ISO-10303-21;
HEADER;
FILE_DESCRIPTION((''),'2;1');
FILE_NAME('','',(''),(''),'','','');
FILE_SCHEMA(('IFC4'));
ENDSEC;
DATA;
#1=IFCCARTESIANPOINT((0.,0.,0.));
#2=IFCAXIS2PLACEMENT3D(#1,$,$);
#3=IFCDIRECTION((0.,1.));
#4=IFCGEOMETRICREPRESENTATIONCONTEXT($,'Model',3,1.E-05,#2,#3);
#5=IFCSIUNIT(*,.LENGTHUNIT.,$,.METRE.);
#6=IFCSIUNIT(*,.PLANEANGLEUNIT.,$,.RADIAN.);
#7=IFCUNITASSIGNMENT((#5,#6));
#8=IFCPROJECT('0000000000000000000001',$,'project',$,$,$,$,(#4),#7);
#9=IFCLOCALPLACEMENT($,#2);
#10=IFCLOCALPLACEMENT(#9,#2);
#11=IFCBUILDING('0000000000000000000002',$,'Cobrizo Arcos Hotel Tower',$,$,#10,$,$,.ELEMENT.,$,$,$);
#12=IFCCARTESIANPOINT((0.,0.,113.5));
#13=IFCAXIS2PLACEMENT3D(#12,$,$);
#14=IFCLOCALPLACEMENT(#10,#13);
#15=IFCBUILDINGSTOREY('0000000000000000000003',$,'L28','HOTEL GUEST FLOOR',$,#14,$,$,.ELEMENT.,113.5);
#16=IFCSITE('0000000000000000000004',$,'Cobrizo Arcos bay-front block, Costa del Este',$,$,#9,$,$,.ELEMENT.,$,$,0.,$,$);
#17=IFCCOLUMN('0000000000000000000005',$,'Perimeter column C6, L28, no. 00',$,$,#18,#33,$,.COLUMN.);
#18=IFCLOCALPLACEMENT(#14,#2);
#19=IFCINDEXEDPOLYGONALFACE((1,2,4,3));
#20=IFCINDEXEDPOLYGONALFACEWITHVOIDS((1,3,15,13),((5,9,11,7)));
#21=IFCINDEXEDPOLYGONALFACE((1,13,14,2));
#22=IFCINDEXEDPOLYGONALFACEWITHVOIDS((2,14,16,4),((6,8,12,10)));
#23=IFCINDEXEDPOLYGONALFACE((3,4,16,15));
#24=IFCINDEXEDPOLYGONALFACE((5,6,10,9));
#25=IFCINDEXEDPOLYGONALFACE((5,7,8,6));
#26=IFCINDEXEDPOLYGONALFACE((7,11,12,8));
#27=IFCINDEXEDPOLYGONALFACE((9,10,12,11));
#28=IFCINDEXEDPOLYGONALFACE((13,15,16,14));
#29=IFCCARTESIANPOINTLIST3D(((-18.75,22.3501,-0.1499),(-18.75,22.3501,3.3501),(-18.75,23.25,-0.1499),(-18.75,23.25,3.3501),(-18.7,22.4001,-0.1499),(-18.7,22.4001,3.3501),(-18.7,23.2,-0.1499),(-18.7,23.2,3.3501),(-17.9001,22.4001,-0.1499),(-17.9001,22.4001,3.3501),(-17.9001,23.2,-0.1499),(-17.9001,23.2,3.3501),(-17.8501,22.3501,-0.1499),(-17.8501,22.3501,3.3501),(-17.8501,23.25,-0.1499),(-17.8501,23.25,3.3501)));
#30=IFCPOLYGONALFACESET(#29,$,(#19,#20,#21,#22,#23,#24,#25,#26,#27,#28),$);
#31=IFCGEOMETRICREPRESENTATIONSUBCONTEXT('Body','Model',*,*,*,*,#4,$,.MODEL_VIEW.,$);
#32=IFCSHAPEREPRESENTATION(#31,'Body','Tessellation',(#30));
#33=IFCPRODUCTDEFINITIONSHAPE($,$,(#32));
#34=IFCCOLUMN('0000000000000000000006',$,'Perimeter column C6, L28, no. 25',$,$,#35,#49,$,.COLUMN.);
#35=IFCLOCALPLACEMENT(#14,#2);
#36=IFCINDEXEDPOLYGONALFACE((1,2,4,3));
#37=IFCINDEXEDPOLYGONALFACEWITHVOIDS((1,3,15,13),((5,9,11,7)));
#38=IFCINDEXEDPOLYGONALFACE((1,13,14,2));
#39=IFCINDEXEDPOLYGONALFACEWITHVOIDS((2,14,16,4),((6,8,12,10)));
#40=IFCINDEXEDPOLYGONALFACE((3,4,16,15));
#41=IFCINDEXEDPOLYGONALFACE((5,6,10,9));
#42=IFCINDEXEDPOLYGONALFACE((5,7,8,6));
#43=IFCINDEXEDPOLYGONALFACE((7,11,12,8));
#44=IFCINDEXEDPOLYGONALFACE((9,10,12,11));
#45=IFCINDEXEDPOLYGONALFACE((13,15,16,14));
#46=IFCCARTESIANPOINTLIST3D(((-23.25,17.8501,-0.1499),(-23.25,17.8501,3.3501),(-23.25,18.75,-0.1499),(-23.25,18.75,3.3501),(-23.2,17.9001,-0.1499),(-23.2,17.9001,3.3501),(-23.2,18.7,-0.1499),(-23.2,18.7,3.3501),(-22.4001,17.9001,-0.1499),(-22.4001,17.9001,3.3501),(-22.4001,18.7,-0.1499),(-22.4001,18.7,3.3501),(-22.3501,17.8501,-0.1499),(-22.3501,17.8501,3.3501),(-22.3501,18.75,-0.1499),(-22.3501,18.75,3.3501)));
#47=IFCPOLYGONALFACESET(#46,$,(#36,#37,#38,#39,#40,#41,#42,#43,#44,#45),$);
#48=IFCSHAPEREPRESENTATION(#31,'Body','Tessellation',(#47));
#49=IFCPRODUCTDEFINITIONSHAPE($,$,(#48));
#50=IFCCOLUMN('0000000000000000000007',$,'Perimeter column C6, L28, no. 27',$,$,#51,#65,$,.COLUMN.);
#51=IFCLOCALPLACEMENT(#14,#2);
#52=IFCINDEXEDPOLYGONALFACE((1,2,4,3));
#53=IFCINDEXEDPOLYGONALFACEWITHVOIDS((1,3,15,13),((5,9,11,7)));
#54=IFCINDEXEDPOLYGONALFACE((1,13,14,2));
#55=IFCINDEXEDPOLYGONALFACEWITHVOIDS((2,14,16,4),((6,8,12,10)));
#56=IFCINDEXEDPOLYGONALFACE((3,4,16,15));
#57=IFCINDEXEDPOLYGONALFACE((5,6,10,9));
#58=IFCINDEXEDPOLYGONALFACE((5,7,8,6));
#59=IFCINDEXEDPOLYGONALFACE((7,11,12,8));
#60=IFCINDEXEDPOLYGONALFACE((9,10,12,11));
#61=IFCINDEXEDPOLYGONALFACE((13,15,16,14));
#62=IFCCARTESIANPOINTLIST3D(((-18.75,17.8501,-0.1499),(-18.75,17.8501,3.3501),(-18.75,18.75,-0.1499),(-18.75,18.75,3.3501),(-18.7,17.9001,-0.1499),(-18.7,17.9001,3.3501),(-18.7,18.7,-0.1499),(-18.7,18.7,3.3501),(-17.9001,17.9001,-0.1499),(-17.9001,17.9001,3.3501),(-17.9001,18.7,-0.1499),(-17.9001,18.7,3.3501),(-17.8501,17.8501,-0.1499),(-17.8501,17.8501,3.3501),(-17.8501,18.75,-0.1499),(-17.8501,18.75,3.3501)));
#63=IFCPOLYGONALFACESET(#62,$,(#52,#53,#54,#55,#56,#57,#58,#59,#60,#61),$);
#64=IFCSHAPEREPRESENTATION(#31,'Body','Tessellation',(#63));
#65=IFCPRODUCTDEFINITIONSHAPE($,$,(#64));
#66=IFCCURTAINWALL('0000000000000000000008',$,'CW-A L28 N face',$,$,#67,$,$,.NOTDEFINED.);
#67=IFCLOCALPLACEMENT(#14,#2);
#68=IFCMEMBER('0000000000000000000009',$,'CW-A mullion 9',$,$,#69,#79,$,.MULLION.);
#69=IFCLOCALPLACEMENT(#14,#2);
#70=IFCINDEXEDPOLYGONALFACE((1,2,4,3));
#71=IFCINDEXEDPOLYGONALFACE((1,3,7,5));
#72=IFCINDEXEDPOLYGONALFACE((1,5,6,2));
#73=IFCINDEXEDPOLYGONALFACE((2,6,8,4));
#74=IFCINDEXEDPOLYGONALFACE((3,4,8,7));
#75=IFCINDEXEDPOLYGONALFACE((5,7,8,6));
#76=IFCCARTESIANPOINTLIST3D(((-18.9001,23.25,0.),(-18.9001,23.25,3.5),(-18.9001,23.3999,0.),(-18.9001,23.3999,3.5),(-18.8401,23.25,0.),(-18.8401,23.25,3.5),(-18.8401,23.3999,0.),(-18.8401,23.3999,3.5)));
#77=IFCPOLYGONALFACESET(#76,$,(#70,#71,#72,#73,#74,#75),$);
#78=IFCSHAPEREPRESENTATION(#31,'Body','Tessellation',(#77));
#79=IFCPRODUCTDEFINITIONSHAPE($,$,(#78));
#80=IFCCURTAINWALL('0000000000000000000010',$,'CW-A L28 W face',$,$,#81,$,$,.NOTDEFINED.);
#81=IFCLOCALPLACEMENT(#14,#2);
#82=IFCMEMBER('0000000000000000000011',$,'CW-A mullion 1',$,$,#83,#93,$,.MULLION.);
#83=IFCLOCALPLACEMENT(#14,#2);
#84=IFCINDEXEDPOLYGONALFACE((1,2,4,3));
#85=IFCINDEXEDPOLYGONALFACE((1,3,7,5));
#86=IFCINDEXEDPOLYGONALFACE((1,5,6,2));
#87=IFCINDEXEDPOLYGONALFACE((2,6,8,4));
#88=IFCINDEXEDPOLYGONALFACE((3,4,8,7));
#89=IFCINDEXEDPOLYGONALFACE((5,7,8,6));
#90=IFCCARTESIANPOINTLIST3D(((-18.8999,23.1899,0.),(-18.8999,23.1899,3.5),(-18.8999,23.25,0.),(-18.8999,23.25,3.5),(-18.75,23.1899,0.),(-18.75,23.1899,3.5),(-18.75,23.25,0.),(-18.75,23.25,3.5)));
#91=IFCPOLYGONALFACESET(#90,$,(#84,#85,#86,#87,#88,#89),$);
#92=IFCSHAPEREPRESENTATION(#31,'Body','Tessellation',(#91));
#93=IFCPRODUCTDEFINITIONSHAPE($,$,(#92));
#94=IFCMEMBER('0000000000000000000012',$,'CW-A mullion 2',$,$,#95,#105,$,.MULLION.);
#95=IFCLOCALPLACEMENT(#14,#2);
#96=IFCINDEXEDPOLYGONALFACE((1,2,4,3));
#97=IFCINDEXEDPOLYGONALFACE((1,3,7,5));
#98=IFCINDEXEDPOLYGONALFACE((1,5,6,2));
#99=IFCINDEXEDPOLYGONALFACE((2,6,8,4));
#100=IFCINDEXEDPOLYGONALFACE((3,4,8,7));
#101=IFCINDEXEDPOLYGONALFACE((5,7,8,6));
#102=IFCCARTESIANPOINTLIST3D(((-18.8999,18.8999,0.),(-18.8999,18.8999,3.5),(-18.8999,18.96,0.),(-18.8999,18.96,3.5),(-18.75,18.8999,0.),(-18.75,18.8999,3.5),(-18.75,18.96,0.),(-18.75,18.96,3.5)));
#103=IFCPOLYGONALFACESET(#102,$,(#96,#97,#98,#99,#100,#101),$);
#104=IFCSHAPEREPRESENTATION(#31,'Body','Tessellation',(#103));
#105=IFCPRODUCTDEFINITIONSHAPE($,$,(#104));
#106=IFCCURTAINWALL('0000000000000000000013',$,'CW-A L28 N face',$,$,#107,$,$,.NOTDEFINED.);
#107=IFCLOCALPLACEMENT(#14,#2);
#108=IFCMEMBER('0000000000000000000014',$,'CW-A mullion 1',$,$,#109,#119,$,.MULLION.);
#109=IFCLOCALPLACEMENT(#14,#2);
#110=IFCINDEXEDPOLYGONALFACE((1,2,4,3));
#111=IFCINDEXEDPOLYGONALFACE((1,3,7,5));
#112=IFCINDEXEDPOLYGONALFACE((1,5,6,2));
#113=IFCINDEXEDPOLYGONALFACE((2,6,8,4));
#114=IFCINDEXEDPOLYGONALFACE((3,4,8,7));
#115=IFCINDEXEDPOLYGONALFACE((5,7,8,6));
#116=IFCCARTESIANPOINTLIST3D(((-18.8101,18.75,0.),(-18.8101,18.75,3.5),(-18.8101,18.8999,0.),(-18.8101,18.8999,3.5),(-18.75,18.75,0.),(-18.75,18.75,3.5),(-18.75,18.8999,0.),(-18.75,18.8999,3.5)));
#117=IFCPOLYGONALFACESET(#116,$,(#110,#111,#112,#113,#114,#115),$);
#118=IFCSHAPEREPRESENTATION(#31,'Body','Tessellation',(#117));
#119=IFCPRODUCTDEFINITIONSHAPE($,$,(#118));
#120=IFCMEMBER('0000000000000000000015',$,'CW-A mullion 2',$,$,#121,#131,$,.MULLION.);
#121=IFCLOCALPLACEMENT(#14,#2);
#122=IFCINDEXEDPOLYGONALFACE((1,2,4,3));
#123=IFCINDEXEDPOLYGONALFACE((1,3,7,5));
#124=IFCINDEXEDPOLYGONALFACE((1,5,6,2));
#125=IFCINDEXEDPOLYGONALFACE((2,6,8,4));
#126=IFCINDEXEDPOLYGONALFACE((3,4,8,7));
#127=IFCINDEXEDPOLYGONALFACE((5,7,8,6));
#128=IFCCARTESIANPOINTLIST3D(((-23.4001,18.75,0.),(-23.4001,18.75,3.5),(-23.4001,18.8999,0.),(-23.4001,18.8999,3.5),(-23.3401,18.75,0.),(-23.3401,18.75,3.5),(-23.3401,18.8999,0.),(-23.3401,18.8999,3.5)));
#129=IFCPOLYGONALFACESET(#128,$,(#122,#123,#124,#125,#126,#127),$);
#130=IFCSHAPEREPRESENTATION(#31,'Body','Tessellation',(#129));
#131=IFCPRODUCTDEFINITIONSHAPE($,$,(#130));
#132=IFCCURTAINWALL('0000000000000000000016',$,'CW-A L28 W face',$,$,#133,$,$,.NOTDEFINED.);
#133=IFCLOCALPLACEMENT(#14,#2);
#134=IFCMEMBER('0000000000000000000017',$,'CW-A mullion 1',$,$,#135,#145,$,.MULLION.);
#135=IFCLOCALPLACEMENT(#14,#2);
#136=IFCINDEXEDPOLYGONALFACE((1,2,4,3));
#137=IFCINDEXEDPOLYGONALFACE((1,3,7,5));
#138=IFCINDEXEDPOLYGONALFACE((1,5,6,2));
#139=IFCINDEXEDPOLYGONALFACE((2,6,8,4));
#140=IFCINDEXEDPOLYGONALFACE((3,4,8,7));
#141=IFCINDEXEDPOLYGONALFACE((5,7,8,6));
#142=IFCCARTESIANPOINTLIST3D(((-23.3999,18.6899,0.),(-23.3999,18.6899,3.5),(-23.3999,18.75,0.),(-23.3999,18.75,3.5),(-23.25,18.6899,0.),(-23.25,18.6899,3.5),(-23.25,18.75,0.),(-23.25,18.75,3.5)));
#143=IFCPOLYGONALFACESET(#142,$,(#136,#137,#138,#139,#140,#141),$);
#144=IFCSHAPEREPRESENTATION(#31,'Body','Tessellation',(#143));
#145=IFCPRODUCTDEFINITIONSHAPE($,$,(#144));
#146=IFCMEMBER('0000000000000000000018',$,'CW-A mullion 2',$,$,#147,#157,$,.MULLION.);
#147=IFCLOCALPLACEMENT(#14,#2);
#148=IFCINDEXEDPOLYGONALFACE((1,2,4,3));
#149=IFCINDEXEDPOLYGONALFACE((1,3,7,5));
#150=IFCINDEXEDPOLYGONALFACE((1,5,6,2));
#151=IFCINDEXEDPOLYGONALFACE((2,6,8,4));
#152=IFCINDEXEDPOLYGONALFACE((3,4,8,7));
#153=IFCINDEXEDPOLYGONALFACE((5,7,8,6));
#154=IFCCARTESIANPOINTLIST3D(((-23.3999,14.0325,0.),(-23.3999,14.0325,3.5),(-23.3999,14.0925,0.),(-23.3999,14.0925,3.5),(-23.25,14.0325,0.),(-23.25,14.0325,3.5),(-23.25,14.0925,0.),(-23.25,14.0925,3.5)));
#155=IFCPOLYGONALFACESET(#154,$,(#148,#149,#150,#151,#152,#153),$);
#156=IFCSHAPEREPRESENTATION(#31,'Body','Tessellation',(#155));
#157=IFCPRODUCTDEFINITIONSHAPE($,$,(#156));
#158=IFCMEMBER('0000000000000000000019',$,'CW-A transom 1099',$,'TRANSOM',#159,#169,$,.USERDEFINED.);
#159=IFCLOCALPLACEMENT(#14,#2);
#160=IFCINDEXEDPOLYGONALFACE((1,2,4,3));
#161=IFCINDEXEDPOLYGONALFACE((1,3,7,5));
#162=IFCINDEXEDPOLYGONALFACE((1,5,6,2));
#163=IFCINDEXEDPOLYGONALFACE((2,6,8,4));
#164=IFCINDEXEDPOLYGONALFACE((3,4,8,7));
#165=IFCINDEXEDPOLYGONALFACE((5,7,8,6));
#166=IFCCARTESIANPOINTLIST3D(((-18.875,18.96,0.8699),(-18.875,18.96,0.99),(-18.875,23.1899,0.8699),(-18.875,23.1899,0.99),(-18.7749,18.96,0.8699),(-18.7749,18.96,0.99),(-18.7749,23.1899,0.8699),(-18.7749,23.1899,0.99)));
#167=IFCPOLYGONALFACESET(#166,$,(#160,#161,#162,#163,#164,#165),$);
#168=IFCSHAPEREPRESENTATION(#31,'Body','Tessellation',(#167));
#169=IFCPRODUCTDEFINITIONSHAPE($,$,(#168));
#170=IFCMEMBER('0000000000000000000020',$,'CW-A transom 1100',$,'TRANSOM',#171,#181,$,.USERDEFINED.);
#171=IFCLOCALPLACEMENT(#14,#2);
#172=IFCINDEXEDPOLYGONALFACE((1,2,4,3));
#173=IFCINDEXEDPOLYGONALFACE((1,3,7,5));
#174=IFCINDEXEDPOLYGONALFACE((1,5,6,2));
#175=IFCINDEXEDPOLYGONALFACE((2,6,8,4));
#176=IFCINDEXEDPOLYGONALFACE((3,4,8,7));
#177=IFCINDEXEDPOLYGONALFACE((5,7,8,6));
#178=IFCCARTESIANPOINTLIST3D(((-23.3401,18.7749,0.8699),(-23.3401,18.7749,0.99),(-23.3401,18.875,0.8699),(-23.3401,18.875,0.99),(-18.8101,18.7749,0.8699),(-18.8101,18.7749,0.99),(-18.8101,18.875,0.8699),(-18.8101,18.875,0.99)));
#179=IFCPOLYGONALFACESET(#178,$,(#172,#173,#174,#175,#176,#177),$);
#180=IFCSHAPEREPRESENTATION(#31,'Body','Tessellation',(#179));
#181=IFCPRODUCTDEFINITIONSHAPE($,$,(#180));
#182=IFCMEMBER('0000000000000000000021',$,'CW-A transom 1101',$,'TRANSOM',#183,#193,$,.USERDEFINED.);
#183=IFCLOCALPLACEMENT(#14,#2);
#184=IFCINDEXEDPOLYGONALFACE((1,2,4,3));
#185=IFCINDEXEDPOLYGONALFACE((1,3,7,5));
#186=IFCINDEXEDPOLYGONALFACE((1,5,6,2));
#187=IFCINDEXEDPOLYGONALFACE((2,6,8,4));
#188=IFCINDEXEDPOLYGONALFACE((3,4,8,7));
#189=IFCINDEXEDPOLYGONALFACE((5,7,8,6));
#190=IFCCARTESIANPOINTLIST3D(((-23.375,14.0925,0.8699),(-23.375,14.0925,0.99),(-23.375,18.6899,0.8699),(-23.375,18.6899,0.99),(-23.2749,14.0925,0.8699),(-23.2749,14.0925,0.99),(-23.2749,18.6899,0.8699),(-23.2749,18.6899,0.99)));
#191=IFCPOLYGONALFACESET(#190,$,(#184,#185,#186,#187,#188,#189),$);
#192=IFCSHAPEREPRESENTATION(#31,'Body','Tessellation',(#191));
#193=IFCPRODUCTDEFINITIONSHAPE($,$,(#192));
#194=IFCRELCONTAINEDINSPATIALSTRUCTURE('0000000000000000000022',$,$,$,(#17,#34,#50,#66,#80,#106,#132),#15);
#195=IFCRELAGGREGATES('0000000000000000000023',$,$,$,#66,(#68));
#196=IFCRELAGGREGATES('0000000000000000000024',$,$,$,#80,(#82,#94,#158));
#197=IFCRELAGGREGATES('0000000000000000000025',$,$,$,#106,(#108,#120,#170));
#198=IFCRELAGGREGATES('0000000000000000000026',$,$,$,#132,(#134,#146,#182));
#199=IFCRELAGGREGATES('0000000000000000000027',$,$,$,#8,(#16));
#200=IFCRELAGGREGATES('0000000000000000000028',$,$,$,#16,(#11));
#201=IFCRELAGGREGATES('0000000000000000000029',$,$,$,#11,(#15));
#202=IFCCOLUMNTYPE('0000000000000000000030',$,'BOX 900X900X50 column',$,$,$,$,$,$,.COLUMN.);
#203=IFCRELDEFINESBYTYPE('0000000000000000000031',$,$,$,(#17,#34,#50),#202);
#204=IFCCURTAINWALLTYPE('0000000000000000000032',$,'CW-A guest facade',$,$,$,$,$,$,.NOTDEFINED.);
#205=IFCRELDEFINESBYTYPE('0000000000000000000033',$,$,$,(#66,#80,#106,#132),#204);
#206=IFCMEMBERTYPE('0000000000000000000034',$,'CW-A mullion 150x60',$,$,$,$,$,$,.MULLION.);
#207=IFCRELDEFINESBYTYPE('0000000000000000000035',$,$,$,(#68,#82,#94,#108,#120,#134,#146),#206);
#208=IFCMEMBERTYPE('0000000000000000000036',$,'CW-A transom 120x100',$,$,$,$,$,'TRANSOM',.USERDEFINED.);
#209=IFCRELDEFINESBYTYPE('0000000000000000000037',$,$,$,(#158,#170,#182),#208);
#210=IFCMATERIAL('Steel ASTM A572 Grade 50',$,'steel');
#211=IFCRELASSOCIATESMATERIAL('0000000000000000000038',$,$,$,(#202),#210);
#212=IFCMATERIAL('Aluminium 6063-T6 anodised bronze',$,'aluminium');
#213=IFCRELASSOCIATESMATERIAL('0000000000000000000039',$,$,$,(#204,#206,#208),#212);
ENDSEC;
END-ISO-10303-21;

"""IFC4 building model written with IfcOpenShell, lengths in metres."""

from ifc_helpers import new_model, si_unit, direction, frame, origin, origin_2d, place, context, subcontext, project, spatial, rectangle, hollow_rectangle, extrude, material, material_profile, profile_set, type_object, element, aggregate, save


model = new_model("IFC4")

# Units and contexts
model_context = context("Model", 3, precision=1e-05, world=origin(), true_north=direction((0.0, 1.0)))
body_context = subcontext(model_context, "Body", "Model", "MODEL_VIEW")
ifc_project = project(units=[si_unit("LENGTHUNIT", "METRE"), si_unit("PLANEANGLEUNIT", "RADIAN")], contexts=[model_context])

# Site, building, storey
site_placement = place(None, origin())
site = spatial("IfcSite", under=ifc_project, at=site_placement, Name="Cobrizo Arcos bay-front block, Costa del Este", CompositionType="ELEMENT", RefElevation=0.0)
building_placement = place(site_placement, origin())
building = spatial("IfcBuilding", under=site, at=building_placement, Name="Cobrizo Arcos Hotel Tower", CompositionType="ELEMENT")
storey_placement = place(building_placement, frame((0.0, 0.0, 113.5)))
storey = spatial("IfcBuildingStorey", under=building, at=storey_placement, Name="L28", Description="HOTEL GUEST FLOOR", CompositionType="ELEMENT", Elevation=113.5)

# Columns
ifc_material_1 = material(Name="Steel ASTM A572 Grade 50", Category="steel")
ifc_material_profile_1 = material_profile(ifc_material_1, hollow_rectangle(XDim=0.8999, YDim=0.8999, WallThickness=0.05, at=origin_2d()), Name="BOX 900X900X50")
ifc_profile_set_1 = profile_set([ifc_material_profile_1], Name="Steel ASTM A572 Grade 50")
column_type = type_object("IfcColumnType", Name="BOX 900X900X50 column", PredefinedType="COLUMN", material=ifc_profile_set_1)
for number, where, z_axis, x_axis, name in (
    (1, (-18.3, 22.8, -0.1499), (0.0, 0.0, 1.0), (1.0, 0.0, 0.0), "Perimeter column C6, L28, no. 00"),
    (2, (-22.8, 18.3, -0.1499), (0.0, 0.0, 1.0), (1.0, 0.0, 0.0), "Perimeter column C6, L28, no. 25"),
    (3, (-18.3, 18.3, -0.1499), (0.0, 0.0, 1.0), (1.0, 0.0, 0.0), "Perimeter column C6, L28, no. 27"),
):
    element("IfcColumn", number, at=place(storey_placement, frame(where, z_axis=z_axis, x_axis=x_axis)), inside=storey, type_object=column_type, Name=name, PredefinedType="COLUMN", context=body_context, shape_type="SweptSolid", body=[
        extrude(hollow_rectangle(XDim=0.8999, YDim=0.8999, WallThickness=0.05, at=origin_2d()), origin(), (0.0, 0.0, 1.0), 3.5),
    ])

# Curtain wall, member
ifc_material_2 = material(Name="Aluminium 6063-T6 anodised bronze", Category="aluminium")
curtain_wall_type = type_object("IfcCurtainWallType", Name="CW-A guest facade", PredefinedType="NOTDEFINED", material=ifc_material_2)
curtain_wall_1_placement = place(storey_placement, origin())
curtain_wall_1 = element("IfcCurtainWall", 4, at=curtain_wall_1_placement, inside=storey, type_object=curtain_wall_type, Name="CW-A L28 N face", PredefinedType="NOTDEFINED")
ifc_material_profile_2 = material_profile(ifc_material_2, rectangle(XDim=0.1499, YDim=0.0601, at=origin_2d()), Name="CW-A mullion 150x60")
ifc_profile_set_2 = profile_set([ifc_material_profile_2], Name="Aluminium 6063-T6 anodised bronze")
member_type_1 = type_object("IfcMemberType", Name="CW-A mullion 150x60", PredefinedType="MULLION", material=ifc_profile_set_2)
member_1_placement = place(storey_placement, frame((-18.8701, 23.325, 0.0), z_axis=(0.0, 0.0, 1.0), x_axis=(0.0, 1.0, 0.0)))
member_1 = element("IfcMember", 5, at=member_1_placement, type_object=member_type_1, Name="CW-A mullion 9", PredefinedType="MULLION", context=body_context, shape_type="SweptSolid", body=[
    extrude(rectangle(XDim=0.1499, YDim=0.0601, at=origin_2d()), origin(), (0.0, 0.0, 1.0), 3.5),
])

# Curtain walls, members
curtain_wall_2_placement = place(storey_placement, origin())
curtain_wall_2 = element("IfcCurtainWall", 6, at=curtain_wall_2_placement, inside=storey, type_object=curtain_wall_type, Name="CW-A L28 W face", PredefinedType="NOTDEFINED")
member_2_placement = place(storey_placement, frame((-18.825, 23.22, 0.0), z_axis=(0.0, 0.0, 1.0), x_axis=(-1.0, 0.0, 0.0)))
member_2 = element("IfcMember", 7, at=member_2_placement, type_object=member_type_1, Name="CW-A mullion 1", PredefinedType="MULLION", context=body_context, shape_type="SweptSolid", body=[
    extrude(rectangle(XDim=0.1499, YDim=0.0601, at=origin_2d()), origin(), (0.0, 0.0, 1.0), 3.5),
])
member_3_placement = place(storey_placement, frame((-18.825, 18.9299, 0.0), z_axis=(0.0, 0.0, 1.0), x_axis=(-1.0, 0.0, 0.0)))
member_3 = element("IfcMember", 8, at=member_3_placement, type_object=member_type_1, Name="CW-A mullion 2", PredefinedType="MULLION", context=body_context, shape_type="SweptSolid", body=[
    extrude(rectangle(XDim=0.1499, YDim=0.0601, at=origin_2d()), origin(), (0.0, 0.0, 1.0), 3.5),
])
curtain_wall_3_placement = place(storey_placement, origin())
curtain_wall_3 = element("IfcCurtainWall", 9, at=curtain_wall_3_placement, inside=storey, type_object=curtain_wall_type, Name="CW-A L28 N face", PredefinedType="NOTDEFINED")
member_4_placement = place(storey_placement, frame((-18.78, 18.825, 0.0), z_axis=(0.0, 0.0, 1.0), x_axis=(0.0, 1.0, 0.0)))
member_4 = element("IfcMember", 10, at=member_4_placement, type_object=member_type_1, Name="CW-A mullion 1", PredefinedType="MULLION", context=body_context, shape_type="SweptSolid", body=[
    extrude(rectangle(XDim=0.1499, YDim=0.0601, at=origin_2d()), origin(), (0.0, 0.0, 1.0), 3.5),
])
member_5_placement = place(storey_placement, frame((-23.3701, 18.825, 0.0), z_axis=(0.0, 0.0, 1.0), x_axis=(0.0, 1.0, 0.0)))
member_5 = element("IfcMember", 11, at=member_5_placement, type_object=member_type_1, Name="CW-A mullion 2", PredefinedType="MULLION", context=body_context, shape_type="SweptSolid", body=[
    extrude(rectangle(XDim=0.1499, YDim=0.0601, at=origin_2d()), origin(), (0.0, 0.0, 1.0), 3.5),
])
curtain_wall_4_placement = place(storey_placement, origin())
curtain_wall_4 = element("IfcCurtainWall", 12, at=curtain_wall_4_placement, inside=storey, type_object=curtain_wall_type, Name="CW-A L28 W face", PredefinedType="NOTDEFINED")
member_6_placement = place(storey_placement, frame((-23.325, 18.72, 0.0), z_axis=(0.0, 0.0, 1.0), x_axis=(-1.0, 0.0, 0.0)))
member_6 = element("IfcMember", 13, at=member_6_placement, type_object=member_type_1, Name="CW-A mullion 1", PredefinedType="MULLION", context=body_context, shape_type="SweptSolid", body=[
    extrude(rectangle(XDim=0.1499, YDim=0.0601, at=origin_2d()), origin(), (0.0, 0.0, 1.0), 3.5),
])
member_7_placement = place(storey_placement, frame((-23.325, 14.0625, 0.0), z_axis=(0.0, 0.0, 1.0), x_axis=(-1.0, 0.0, 0.0)))
member_7 = element("IfcMember", 14, at=member_7_placement, type_object=member_type_1, Name="CW-A mullion 2", PredefinedType="MULLION", context=body_context, shape_type="SweptSolid", body=[
    extrude(rectangle(XDim=0.1499, YDim=0.0601, at=origin_2d()), origin(), (0.0, 0.0, 1.0), 3.5),
])

# Members
ifc_material_profile_3 = material_profile(ifc_material_2, rectangle(XDim=0.1001, YDim=0.1201, at=origin_2d()), Name="CW-A transom 120x100")
ifc_profile_set_3 = profile_set([ifc_material_profile_3], Name="Aluminium 6063-T6 anodised bronze")
member_type_2 = type_object("IfcMemberType", Name="CW-A transom 120x100", ElementType="TRANSOM", PredefinedType="USERDEFINED", material=ifc_profile_set_3)
member_8_placement = place(storey_placement, frame((-18.825, 23.1899, 0.9299), z_axis=(0.0, -1.0, 0.0), x_axis=(1.0, 0.0, 0.0)))
member_8 = element("IfcMember", 15, at=member_8_placement, type_object=member_type_2, Name="CW-A transom 1099", ObjectType="TRANSOM", PredefinedType="USERDEFINED", context=body_context, shape_type="SweptSolid", body=[
    extrude(rectangle(XDim=0.1001, YDim=0.1201, at=origin_2d()), origin(), (0.0, 0.0, 1.0), 4.23),
])
member_9_placement = place(storey_placement, frame((-18.8101, 18.825, 0.9299), z_axis=(-1.0, 0.0, 0.0), x_axis=(0.0, -1.0, 0.0)))
member_9 = element("IfcMember", 16, at=member_9_placement, type_object=member_type_2, Name="CW-A transom 1100", ObjectType="TRANSOM", PredefinedType="USERDEFINED", context=body_context, shape_type="SweptSolid", body=[
    extrude(rectangle(XDim=0.1001, YDim=0.1201, at=origin_2d()), origin(), (0.0, 0.0, 1.0), 4.53),
])
member_10_placement = place(storey_placement, frame((-23.325, 18.6899, 0.9299), z_axis=(0.0, -1.0, 0.0), x_axis=(1.0, 0.0, 0.0)))
member_10 = element("IfcMember", 17, at=member_10_placement, type_object=member_type_2, Name="CW-A transom 1101", ObjectType="TRANSOM", PredefinedType="USERDEFINED", context=body_context, shape_type="SweptSolid", body=[
    extrude(rectangle(XDim=0.1001, YDim=0.1201, at=origin_2d()), origin(), (0.0, 0.0, 1.0), 4.5974),
])

aggregate(curtain_wall_1, [member_1])
aggregate(curtain_wall_2, [member_2, member_3, member_8])
aggregate(curtain_wall_3, [member_4, member_5, member_9])
aggregate(curtain_wall_4, [member_6, member_7, member_10])

save(model, "model.ifc")
